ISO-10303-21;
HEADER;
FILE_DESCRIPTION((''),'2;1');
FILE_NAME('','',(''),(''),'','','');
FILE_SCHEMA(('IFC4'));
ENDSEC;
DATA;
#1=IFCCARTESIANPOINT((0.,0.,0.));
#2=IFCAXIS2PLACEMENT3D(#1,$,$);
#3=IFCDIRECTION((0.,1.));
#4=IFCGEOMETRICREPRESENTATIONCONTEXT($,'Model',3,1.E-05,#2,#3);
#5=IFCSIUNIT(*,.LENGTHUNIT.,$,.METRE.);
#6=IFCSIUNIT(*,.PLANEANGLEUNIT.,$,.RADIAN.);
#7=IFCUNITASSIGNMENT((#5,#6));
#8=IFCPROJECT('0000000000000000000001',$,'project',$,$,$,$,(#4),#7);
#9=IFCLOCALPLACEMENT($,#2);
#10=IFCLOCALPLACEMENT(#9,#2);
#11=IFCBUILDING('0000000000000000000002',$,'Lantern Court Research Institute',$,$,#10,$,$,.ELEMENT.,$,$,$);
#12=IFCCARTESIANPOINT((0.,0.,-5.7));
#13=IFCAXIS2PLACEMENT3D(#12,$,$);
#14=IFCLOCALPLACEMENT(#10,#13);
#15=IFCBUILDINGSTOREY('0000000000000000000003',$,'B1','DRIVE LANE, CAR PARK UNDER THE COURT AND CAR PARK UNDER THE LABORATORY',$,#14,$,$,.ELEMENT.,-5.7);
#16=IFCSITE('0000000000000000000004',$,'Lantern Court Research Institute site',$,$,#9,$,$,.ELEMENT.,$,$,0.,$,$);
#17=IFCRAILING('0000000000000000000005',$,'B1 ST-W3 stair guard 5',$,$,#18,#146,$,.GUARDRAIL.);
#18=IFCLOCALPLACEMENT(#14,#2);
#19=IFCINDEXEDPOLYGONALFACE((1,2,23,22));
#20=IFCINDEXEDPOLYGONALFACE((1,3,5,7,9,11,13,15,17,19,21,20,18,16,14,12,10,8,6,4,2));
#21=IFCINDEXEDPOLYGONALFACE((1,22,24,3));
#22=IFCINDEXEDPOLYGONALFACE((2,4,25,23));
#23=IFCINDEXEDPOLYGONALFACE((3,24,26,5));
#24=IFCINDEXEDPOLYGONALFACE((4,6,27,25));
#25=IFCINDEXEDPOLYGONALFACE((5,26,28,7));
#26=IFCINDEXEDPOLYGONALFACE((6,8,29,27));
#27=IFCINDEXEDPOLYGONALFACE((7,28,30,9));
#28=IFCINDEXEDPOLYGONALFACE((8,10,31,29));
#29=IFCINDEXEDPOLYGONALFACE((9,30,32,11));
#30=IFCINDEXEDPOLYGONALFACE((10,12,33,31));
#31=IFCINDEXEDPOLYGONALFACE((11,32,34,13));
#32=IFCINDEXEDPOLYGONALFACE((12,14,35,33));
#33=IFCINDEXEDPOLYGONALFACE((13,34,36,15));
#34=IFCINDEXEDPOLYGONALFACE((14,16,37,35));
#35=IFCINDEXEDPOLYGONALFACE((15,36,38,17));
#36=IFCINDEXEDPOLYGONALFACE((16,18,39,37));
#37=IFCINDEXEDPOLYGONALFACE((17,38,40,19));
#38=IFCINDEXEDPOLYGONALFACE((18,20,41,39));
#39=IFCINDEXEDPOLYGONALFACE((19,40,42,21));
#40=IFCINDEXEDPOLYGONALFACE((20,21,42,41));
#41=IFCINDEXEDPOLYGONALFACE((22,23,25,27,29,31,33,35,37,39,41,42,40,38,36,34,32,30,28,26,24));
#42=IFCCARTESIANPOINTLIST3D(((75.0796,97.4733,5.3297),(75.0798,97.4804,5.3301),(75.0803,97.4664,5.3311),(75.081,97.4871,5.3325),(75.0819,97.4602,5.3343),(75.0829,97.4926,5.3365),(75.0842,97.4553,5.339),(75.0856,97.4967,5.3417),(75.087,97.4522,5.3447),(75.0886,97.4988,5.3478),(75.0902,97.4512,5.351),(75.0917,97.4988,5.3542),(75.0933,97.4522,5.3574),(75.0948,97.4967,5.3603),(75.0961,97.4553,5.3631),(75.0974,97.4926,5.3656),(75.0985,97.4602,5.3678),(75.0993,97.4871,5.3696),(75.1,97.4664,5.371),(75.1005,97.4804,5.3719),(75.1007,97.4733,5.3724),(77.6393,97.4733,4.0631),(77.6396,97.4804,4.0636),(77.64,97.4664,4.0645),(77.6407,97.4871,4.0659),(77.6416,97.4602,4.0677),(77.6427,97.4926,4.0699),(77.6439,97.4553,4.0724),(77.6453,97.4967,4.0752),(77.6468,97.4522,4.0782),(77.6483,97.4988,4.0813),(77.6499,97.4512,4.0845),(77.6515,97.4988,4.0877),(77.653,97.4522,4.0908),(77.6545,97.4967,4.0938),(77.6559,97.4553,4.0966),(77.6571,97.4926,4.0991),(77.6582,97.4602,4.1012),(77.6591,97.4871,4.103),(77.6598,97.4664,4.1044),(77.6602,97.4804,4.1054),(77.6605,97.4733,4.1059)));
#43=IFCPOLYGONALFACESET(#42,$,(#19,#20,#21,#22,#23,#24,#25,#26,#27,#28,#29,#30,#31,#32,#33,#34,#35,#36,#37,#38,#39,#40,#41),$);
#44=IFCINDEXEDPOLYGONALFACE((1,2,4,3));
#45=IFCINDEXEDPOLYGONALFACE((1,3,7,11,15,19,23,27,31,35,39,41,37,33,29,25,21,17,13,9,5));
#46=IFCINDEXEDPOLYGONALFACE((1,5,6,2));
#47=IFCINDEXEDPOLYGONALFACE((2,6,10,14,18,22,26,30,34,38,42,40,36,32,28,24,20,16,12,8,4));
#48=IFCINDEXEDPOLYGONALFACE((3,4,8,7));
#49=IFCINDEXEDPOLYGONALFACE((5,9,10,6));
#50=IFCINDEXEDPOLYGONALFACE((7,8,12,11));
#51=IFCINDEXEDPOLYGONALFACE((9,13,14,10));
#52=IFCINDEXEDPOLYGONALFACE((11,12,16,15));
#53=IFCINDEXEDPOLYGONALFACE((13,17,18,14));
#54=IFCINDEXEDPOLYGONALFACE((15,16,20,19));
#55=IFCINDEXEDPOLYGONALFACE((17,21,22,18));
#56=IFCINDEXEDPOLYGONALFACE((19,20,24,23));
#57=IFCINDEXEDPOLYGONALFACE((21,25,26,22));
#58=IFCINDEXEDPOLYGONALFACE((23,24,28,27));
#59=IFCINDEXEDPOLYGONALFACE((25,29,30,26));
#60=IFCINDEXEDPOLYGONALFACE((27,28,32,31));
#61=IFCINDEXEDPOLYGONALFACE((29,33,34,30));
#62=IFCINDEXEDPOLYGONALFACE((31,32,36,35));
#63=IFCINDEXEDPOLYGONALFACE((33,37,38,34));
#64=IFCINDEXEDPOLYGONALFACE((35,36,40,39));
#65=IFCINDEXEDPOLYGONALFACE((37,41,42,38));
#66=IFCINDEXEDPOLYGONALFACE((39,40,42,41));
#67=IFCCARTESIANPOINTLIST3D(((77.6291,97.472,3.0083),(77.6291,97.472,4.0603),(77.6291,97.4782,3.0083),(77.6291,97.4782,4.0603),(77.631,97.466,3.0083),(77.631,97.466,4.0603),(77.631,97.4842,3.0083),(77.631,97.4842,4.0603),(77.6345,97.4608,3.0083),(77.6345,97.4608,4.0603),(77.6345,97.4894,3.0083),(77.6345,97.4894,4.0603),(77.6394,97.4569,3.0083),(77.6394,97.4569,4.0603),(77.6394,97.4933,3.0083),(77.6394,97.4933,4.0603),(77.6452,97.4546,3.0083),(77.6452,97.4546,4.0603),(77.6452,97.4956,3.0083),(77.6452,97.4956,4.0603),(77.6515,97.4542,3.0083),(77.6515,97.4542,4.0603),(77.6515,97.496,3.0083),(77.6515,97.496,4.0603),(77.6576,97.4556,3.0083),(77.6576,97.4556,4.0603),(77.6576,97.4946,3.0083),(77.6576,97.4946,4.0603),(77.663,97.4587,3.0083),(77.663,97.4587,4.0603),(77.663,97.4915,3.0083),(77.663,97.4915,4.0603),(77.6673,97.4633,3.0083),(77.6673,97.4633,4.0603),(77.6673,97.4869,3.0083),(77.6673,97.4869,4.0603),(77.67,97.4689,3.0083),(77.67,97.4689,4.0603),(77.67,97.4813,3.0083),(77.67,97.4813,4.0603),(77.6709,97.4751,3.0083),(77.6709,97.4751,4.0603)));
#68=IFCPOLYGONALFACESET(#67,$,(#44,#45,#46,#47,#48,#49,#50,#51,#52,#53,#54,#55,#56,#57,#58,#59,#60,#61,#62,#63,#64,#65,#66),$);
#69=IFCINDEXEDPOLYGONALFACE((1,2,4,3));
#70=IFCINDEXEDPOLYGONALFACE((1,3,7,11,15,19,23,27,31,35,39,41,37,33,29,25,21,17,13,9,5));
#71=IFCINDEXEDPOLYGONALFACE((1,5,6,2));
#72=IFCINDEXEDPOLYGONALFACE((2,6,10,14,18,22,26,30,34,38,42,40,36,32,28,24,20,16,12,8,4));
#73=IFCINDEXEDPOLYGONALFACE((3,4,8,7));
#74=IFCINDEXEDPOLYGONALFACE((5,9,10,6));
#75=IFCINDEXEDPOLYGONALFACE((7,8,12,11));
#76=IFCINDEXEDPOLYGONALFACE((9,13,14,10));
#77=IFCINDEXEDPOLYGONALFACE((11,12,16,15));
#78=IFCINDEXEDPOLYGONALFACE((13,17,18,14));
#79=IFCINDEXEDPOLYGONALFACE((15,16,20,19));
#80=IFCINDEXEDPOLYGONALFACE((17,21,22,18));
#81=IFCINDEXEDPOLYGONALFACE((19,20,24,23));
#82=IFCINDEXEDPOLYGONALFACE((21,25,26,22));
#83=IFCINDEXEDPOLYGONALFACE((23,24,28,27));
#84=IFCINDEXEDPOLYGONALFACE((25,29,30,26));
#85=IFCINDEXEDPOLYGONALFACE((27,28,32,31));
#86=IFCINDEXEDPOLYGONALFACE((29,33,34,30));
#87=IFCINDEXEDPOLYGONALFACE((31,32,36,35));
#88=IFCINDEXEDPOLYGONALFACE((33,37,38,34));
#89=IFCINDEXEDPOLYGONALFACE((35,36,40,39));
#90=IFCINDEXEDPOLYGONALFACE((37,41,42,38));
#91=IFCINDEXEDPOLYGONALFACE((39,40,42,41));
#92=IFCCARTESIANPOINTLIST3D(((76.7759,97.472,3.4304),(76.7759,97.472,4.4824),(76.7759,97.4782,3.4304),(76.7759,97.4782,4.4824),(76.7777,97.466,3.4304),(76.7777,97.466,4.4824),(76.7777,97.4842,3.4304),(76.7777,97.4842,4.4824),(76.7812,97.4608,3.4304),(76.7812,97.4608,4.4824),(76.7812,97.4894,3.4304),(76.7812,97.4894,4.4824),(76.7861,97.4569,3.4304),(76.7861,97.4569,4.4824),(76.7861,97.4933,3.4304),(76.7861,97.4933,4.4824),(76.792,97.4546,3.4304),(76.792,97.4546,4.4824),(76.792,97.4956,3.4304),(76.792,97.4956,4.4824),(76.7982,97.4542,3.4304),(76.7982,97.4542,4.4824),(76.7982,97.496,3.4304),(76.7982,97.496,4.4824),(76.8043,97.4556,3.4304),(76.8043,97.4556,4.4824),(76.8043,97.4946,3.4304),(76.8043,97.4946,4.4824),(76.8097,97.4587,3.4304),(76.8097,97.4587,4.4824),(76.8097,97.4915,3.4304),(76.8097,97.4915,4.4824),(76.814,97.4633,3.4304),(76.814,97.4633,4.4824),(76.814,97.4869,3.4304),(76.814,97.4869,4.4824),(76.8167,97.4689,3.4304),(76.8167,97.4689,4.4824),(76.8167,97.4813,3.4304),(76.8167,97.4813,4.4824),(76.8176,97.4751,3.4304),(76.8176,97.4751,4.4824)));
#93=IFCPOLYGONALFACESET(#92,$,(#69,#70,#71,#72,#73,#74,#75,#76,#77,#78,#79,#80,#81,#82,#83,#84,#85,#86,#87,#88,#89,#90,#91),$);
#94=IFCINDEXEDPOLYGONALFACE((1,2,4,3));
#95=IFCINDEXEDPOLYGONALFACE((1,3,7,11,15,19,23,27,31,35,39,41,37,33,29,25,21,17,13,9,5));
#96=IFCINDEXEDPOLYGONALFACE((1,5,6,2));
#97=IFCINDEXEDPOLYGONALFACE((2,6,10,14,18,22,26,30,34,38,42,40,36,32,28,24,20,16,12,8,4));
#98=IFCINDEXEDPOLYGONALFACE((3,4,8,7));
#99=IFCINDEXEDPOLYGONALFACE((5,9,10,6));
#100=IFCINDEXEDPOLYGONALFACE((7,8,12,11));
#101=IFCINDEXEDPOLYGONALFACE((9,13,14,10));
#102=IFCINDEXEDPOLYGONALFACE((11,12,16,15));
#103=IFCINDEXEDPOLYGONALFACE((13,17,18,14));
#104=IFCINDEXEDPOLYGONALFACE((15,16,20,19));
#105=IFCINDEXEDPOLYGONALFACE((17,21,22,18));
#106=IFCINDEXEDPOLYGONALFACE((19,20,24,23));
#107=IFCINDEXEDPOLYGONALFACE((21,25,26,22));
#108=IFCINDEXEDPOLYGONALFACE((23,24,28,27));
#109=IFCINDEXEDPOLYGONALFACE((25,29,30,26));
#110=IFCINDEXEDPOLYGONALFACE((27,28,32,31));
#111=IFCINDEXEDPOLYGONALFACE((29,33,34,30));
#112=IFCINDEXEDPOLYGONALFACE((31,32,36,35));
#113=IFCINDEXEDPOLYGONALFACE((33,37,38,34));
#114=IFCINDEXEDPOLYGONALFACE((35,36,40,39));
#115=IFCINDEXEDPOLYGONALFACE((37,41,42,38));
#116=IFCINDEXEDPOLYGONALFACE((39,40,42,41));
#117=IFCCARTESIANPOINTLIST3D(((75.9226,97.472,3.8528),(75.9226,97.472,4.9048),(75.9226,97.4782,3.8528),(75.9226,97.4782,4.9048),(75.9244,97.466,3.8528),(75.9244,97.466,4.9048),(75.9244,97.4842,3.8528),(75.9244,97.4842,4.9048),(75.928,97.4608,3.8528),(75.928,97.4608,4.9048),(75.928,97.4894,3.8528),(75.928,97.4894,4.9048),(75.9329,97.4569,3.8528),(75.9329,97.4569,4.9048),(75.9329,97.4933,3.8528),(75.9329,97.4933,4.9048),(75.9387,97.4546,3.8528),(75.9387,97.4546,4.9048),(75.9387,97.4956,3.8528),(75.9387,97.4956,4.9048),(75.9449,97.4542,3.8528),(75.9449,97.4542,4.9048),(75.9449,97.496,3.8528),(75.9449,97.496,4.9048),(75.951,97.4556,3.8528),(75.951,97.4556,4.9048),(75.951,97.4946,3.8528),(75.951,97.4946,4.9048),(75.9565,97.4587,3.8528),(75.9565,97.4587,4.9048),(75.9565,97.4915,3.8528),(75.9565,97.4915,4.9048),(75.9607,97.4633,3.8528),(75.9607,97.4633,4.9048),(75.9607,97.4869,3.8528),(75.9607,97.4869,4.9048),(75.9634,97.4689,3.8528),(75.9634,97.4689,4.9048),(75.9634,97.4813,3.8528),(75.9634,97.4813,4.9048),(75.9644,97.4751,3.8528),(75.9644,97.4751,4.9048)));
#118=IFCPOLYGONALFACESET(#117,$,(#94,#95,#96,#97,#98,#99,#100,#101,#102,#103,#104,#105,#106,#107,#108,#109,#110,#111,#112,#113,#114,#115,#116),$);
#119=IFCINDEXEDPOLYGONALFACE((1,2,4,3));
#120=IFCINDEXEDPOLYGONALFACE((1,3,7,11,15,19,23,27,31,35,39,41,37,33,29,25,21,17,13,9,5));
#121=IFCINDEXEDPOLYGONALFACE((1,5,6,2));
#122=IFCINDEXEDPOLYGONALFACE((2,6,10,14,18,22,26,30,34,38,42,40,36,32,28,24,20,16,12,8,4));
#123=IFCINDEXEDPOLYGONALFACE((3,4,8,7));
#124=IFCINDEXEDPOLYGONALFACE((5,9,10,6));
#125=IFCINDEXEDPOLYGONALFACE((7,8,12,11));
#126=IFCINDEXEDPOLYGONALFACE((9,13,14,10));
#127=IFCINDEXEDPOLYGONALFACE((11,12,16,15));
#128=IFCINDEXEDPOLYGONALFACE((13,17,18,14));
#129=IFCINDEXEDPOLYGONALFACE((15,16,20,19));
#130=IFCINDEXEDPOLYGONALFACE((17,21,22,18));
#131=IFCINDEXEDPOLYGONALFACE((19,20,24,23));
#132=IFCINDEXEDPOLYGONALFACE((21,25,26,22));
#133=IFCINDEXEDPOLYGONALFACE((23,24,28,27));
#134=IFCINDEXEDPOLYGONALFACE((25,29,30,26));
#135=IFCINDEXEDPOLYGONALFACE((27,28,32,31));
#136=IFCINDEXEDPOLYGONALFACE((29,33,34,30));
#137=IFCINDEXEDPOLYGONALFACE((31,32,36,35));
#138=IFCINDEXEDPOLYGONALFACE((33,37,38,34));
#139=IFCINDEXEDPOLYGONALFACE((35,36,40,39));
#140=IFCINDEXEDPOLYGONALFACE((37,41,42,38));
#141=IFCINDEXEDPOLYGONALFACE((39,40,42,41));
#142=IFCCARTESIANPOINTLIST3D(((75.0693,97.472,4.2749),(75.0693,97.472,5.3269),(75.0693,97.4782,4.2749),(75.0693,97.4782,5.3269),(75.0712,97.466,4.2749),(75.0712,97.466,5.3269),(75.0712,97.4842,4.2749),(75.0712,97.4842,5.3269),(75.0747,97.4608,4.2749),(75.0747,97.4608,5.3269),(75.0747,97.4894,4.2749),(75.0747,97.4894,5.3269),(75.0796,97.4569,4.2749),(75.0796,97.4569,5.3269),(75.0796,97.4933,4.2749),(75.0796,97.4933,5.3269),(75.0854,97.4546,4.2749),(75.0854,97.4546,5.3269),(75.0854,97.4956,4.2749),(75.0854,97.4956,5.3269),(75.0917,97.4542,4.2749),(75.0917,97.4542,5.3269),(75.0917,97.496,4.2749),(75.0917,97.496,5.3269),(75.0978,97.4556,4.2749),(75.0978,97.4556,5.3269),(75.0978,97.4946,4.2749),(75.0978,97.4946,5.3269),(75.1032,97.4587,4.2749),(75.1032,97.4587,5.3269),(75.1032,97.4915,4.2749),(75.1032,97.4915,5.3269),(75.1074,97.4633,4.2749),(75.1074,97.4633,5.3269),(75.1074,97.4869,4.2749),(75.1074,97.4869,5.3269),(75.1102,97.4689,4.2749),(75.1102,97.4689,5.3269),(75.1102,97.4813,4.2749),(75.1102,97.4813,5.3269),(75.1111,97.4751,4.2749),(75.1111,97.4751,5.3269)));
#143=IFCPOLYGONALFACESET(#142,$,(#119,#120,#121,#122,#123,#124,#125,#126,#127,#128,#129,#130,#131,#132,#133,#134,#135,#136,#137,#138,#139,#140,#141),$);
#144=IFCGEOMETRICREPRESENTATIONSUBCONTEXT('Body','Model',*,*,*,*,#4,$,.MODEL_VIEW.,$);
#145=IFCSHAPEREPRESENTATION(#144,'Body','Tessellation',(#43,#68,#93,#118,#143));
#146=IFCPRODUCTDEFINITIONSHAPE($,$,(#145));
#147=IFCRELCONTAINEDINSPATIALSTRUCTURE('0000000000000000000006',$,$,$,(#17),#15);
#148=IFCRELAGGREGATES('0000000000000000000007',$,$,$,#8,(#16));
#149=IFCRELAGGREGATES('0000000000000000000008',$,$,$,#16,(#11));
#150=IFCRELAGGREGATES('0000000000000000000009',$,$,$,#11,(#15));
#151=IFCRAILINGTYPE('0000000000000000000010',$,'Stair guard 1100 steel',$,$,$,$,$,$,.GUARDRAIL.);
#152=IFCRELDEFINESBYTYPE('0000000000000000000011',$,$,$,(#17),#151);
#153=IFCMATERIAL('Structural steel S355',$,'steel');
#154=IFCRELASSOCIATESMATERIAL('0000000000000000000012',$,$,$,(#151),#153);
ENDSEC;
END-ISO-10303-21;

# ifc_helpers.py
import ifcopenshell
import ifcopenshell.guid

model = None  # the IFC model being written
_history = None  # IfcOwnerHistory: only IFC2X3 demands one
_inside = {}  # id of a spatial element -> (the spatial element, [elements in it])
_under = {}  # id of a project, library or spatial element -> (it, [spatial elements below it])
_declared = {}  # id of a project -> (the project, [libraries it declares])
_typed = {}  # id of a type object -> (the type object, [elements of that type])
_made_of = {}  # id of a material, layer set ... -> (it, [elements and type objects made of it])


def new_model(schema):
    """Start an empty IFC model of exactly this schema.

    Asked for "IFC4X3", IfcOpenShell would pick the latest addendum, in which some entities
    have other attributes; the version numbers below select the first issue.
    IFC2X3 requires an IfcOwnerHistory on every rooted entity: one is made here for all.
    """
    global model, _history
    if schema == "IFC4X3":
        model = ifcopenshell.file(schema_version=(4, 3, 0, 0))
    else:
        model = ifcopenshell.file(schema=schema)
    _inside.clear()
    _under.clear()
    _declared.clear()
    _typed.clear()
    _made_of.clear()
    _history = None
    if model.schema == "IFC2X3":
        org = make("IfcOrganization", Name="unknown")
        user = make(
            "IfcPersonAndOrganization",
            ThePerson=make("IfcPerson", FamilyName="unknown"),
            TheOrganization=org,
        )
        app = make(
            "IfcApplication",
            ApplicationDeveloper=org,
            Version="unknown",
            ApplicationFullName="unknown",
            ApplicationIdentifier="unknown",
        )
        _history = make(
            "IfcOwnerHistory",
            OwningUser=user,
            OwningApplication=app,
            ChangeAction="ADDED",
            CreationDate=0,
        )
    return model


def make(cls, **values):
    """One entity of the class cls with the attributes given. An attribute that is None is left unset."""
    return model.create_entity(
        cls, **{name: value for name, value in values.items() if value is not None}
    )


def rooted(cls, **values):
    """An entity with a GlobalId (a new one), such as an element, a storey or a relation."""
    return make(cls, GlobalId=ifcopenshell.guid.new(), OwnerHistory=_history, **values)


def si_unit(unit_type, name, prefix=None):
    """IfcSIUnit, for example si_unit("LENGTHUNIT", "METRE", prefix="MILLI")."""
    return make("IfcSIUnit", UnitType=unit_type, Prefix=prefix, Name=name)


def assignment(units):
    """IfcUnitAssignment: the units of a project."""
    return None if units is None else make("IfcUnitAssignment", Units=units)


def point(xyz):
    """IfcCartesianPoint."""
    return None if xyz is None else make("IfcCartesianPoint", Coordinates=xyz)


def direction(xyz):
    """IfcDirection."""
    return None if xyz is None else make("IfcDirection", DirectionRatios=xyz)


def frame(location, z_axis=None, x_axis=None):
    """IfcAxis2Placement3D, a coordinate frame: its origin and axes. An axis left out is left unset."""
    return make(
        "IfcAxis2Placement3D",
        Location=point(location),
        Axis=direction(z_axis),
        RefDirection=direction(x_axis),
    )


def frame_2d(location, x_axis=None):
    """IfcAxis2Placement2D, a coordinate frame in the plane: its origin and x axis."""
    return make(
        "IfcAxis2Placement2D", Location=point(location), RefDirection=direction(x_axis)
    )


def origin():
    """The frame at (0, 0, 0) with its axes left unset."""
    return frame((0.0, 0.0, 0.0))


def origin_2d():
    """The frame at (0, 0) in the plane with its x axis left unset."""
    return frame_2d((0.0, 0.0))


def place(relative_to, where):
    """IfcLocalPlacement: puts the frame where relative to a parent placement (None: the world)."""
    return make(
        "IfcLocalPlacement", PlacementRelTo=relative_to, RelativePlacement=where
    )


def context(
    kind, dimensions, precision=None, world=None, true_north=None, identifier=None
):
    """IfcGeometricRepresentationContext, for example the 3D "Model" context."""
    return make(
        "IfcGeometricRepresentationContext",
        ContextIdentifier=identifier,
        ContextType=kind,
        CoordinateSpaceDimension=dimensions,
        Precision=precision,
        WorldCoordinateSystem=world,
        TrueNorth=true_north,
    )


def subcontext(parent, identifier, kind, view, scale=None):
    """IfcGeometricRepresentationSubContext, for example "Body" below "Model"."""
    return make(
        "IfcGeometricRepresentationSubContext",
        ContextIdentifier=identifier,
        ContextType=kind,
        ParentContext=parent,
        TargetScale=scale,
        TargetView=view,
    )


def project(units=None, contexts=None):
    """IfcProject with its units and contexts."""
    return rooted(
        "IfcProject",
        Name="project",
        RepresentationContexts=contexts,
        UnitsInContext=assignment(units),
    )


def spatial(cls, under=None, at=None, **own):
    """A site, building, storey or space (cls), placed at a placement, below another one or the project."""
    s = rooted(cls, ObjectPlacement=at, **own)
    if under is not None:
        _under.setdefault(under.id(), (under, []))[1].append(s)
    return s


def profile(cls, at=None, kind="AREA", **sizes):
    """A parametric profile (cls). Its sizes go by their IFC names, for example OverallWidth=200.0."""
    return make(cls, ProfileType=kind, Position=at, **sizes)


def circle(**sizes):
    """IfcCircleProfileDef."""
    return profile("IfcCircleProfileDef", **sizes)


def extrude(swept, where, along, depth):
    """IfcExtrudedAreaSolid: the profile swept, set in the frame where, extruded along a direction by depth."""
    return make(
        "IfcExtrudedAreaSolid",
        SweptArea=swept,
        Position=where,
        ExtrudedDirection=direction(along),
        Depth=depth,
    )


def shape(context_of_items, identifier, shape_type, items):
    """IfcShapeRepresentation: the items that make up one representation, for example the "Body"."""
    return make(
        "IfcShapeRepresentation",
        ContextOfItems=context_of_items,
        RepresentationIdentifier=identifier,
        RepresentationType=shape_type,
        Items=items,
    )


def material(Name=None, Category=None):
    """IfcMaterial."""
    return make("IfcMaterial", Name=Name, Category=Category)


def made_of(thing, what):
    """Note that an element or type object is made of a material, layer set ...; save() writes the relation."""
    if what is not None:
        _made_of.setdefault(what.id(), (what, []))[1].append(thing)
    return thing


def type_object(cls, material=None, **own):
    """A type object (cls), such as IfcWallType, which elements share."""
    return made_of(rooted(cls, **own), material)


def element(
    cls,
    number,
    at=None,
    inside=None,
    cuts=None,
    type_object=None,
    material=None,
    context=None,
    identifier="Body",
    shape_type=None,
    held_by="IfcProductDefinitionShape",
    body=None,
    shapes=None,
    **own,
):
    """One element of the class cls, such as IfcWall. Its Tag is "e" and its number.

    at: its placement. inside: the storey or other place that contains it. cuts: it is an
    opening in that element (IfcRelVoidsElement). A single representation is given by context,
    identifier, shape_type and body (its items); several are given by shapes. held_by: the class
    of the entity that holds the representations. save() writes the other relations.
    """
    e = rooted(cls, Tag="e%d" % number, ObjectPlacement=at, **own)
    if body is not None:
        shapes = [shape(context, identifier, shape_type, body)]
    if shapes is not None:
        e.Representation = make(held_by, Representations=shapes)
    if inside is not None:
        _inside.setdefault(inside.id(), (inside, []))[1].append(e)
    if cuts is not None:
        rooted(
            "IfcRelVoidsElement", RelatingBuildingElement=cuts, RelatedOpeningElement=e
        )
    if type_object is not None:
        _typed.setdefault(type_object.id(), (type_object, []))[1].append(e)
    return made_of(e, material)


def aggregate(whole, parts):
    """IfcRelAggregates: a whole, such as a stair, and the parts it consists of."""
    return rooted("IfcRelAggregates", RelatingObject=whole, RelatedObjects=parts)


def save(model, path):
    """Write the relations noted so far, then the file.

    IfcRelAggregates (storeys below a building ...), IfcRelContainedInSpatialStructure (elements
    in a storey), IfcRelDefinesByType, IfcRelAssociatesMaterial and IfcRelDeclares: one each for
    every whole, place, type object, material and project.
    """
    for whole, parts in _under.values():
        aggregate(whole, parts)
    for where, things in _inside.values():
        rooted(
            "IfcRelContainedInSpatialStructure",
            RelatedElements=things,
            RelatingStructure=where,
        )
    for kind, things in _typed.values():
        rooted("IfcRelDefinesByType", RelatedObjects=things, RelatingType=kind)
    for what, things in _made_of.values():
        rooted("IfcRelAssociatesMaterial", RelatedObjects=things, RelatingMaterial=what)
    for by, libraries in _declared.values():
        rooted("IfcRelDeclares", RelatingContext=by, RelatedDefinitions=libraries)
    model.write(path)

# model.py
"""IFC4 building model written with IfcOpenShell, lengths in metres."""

from ifc_helpers import new_model, si_unit, direction, frame, origin, origin_2d, place, context, subcontext, project, spatial, circle, extrude, material, type_object, element, save


model = new_model("IFC4")

# Units and contexts
model_context = context("Model", 3, precision=1e-05, world=origin(), true_north=direction((0.0, 1.0)))
body_context = subcontext(model_context, "Body", "Model", "MODEL_VIEW")
ifc_project = project(units=[si_unit("LENGTHUNIT", "METRE"), si_unit("PLANEANGLEUNIT", "RADIAN")], contexts=[model_context])

# Site, building, storey
site_placement = place(None, origin())
site = spatial("IfcSite", under=ifc_project, at=site_placement, Name="Lantern Court Research Institute site", CompositionType="ELEMENT", RefElevation=0.0)
building_placement = place(site_placement, origin())
building = spatial("IfcBuilding", under=site, at=building_placement, Name="Lantern Court Research Institute", CompositionType="ELEMENT")
storey_placement = place(building_placement, frame((0.0, 0.0, -5.7)))
storey = spatial("IfcBuildingStorey", under=building, at=storey_placement, Name="B1", Description="DRIVE LANE, CAR PARK UNDER THE COURT AND CAR PARK UNDER THE LABORATORY", CompositionType="ELEMENT", Elevation=-5.7)

# Railing
ifc_material_1 = material(Name="Structural steel S355", Category="steel")
railing_type_1 = type_object("IfcRailingType", Name="Stair guard 1100 steel", PredefinedType="GUARDRAIL", material=ifc_material_1)
railing_1_placement = place(storey_placement, frame((77.6499, 97.4751, 3.0083)))
element("IfcRailing", 1, at=railing_1_placement, inside=storey, type_object=railing_type_1, Name="B1 ST-W3 stair guard 5", PredefinedType="GUARDRAIL", context=body_context, shape_type="SweptSolid", body=[
    extrude(circle(Radius=0.0239, at=origin_2d()), frame((0.0, 0.0, 1.0762), z_axis=(-0.896283, 0.0, 0.443483), x_axis=(0.0, -1.0, 0.0)), (0.0, 0.0, 1.0), 2.856),
    extrude(circle(Radius=0.021, at=origin_2d()), origin(), (0.0, 0.0, 1.0), 1.052),
    extrude(circle(Radius=0.021, at=origin_2d()), frame((-0.8533, 0.0, 0.4221)), (0.0, 0.0, 1.0), 1.052),
    extrude(circle(Radius=0.021, at=origin_2d()), frame((-1.7065, 0.0, 0.8445)), (0.0, 0.0, 1.0), 1.052),
    extrude(circle(Radius=0.021, at=origin_2d()), frame((-2.5598, 0.0, 1.2666)), (0.0, 0.0, 1.0), 1.052),
])

save(model, "model.ifc")
